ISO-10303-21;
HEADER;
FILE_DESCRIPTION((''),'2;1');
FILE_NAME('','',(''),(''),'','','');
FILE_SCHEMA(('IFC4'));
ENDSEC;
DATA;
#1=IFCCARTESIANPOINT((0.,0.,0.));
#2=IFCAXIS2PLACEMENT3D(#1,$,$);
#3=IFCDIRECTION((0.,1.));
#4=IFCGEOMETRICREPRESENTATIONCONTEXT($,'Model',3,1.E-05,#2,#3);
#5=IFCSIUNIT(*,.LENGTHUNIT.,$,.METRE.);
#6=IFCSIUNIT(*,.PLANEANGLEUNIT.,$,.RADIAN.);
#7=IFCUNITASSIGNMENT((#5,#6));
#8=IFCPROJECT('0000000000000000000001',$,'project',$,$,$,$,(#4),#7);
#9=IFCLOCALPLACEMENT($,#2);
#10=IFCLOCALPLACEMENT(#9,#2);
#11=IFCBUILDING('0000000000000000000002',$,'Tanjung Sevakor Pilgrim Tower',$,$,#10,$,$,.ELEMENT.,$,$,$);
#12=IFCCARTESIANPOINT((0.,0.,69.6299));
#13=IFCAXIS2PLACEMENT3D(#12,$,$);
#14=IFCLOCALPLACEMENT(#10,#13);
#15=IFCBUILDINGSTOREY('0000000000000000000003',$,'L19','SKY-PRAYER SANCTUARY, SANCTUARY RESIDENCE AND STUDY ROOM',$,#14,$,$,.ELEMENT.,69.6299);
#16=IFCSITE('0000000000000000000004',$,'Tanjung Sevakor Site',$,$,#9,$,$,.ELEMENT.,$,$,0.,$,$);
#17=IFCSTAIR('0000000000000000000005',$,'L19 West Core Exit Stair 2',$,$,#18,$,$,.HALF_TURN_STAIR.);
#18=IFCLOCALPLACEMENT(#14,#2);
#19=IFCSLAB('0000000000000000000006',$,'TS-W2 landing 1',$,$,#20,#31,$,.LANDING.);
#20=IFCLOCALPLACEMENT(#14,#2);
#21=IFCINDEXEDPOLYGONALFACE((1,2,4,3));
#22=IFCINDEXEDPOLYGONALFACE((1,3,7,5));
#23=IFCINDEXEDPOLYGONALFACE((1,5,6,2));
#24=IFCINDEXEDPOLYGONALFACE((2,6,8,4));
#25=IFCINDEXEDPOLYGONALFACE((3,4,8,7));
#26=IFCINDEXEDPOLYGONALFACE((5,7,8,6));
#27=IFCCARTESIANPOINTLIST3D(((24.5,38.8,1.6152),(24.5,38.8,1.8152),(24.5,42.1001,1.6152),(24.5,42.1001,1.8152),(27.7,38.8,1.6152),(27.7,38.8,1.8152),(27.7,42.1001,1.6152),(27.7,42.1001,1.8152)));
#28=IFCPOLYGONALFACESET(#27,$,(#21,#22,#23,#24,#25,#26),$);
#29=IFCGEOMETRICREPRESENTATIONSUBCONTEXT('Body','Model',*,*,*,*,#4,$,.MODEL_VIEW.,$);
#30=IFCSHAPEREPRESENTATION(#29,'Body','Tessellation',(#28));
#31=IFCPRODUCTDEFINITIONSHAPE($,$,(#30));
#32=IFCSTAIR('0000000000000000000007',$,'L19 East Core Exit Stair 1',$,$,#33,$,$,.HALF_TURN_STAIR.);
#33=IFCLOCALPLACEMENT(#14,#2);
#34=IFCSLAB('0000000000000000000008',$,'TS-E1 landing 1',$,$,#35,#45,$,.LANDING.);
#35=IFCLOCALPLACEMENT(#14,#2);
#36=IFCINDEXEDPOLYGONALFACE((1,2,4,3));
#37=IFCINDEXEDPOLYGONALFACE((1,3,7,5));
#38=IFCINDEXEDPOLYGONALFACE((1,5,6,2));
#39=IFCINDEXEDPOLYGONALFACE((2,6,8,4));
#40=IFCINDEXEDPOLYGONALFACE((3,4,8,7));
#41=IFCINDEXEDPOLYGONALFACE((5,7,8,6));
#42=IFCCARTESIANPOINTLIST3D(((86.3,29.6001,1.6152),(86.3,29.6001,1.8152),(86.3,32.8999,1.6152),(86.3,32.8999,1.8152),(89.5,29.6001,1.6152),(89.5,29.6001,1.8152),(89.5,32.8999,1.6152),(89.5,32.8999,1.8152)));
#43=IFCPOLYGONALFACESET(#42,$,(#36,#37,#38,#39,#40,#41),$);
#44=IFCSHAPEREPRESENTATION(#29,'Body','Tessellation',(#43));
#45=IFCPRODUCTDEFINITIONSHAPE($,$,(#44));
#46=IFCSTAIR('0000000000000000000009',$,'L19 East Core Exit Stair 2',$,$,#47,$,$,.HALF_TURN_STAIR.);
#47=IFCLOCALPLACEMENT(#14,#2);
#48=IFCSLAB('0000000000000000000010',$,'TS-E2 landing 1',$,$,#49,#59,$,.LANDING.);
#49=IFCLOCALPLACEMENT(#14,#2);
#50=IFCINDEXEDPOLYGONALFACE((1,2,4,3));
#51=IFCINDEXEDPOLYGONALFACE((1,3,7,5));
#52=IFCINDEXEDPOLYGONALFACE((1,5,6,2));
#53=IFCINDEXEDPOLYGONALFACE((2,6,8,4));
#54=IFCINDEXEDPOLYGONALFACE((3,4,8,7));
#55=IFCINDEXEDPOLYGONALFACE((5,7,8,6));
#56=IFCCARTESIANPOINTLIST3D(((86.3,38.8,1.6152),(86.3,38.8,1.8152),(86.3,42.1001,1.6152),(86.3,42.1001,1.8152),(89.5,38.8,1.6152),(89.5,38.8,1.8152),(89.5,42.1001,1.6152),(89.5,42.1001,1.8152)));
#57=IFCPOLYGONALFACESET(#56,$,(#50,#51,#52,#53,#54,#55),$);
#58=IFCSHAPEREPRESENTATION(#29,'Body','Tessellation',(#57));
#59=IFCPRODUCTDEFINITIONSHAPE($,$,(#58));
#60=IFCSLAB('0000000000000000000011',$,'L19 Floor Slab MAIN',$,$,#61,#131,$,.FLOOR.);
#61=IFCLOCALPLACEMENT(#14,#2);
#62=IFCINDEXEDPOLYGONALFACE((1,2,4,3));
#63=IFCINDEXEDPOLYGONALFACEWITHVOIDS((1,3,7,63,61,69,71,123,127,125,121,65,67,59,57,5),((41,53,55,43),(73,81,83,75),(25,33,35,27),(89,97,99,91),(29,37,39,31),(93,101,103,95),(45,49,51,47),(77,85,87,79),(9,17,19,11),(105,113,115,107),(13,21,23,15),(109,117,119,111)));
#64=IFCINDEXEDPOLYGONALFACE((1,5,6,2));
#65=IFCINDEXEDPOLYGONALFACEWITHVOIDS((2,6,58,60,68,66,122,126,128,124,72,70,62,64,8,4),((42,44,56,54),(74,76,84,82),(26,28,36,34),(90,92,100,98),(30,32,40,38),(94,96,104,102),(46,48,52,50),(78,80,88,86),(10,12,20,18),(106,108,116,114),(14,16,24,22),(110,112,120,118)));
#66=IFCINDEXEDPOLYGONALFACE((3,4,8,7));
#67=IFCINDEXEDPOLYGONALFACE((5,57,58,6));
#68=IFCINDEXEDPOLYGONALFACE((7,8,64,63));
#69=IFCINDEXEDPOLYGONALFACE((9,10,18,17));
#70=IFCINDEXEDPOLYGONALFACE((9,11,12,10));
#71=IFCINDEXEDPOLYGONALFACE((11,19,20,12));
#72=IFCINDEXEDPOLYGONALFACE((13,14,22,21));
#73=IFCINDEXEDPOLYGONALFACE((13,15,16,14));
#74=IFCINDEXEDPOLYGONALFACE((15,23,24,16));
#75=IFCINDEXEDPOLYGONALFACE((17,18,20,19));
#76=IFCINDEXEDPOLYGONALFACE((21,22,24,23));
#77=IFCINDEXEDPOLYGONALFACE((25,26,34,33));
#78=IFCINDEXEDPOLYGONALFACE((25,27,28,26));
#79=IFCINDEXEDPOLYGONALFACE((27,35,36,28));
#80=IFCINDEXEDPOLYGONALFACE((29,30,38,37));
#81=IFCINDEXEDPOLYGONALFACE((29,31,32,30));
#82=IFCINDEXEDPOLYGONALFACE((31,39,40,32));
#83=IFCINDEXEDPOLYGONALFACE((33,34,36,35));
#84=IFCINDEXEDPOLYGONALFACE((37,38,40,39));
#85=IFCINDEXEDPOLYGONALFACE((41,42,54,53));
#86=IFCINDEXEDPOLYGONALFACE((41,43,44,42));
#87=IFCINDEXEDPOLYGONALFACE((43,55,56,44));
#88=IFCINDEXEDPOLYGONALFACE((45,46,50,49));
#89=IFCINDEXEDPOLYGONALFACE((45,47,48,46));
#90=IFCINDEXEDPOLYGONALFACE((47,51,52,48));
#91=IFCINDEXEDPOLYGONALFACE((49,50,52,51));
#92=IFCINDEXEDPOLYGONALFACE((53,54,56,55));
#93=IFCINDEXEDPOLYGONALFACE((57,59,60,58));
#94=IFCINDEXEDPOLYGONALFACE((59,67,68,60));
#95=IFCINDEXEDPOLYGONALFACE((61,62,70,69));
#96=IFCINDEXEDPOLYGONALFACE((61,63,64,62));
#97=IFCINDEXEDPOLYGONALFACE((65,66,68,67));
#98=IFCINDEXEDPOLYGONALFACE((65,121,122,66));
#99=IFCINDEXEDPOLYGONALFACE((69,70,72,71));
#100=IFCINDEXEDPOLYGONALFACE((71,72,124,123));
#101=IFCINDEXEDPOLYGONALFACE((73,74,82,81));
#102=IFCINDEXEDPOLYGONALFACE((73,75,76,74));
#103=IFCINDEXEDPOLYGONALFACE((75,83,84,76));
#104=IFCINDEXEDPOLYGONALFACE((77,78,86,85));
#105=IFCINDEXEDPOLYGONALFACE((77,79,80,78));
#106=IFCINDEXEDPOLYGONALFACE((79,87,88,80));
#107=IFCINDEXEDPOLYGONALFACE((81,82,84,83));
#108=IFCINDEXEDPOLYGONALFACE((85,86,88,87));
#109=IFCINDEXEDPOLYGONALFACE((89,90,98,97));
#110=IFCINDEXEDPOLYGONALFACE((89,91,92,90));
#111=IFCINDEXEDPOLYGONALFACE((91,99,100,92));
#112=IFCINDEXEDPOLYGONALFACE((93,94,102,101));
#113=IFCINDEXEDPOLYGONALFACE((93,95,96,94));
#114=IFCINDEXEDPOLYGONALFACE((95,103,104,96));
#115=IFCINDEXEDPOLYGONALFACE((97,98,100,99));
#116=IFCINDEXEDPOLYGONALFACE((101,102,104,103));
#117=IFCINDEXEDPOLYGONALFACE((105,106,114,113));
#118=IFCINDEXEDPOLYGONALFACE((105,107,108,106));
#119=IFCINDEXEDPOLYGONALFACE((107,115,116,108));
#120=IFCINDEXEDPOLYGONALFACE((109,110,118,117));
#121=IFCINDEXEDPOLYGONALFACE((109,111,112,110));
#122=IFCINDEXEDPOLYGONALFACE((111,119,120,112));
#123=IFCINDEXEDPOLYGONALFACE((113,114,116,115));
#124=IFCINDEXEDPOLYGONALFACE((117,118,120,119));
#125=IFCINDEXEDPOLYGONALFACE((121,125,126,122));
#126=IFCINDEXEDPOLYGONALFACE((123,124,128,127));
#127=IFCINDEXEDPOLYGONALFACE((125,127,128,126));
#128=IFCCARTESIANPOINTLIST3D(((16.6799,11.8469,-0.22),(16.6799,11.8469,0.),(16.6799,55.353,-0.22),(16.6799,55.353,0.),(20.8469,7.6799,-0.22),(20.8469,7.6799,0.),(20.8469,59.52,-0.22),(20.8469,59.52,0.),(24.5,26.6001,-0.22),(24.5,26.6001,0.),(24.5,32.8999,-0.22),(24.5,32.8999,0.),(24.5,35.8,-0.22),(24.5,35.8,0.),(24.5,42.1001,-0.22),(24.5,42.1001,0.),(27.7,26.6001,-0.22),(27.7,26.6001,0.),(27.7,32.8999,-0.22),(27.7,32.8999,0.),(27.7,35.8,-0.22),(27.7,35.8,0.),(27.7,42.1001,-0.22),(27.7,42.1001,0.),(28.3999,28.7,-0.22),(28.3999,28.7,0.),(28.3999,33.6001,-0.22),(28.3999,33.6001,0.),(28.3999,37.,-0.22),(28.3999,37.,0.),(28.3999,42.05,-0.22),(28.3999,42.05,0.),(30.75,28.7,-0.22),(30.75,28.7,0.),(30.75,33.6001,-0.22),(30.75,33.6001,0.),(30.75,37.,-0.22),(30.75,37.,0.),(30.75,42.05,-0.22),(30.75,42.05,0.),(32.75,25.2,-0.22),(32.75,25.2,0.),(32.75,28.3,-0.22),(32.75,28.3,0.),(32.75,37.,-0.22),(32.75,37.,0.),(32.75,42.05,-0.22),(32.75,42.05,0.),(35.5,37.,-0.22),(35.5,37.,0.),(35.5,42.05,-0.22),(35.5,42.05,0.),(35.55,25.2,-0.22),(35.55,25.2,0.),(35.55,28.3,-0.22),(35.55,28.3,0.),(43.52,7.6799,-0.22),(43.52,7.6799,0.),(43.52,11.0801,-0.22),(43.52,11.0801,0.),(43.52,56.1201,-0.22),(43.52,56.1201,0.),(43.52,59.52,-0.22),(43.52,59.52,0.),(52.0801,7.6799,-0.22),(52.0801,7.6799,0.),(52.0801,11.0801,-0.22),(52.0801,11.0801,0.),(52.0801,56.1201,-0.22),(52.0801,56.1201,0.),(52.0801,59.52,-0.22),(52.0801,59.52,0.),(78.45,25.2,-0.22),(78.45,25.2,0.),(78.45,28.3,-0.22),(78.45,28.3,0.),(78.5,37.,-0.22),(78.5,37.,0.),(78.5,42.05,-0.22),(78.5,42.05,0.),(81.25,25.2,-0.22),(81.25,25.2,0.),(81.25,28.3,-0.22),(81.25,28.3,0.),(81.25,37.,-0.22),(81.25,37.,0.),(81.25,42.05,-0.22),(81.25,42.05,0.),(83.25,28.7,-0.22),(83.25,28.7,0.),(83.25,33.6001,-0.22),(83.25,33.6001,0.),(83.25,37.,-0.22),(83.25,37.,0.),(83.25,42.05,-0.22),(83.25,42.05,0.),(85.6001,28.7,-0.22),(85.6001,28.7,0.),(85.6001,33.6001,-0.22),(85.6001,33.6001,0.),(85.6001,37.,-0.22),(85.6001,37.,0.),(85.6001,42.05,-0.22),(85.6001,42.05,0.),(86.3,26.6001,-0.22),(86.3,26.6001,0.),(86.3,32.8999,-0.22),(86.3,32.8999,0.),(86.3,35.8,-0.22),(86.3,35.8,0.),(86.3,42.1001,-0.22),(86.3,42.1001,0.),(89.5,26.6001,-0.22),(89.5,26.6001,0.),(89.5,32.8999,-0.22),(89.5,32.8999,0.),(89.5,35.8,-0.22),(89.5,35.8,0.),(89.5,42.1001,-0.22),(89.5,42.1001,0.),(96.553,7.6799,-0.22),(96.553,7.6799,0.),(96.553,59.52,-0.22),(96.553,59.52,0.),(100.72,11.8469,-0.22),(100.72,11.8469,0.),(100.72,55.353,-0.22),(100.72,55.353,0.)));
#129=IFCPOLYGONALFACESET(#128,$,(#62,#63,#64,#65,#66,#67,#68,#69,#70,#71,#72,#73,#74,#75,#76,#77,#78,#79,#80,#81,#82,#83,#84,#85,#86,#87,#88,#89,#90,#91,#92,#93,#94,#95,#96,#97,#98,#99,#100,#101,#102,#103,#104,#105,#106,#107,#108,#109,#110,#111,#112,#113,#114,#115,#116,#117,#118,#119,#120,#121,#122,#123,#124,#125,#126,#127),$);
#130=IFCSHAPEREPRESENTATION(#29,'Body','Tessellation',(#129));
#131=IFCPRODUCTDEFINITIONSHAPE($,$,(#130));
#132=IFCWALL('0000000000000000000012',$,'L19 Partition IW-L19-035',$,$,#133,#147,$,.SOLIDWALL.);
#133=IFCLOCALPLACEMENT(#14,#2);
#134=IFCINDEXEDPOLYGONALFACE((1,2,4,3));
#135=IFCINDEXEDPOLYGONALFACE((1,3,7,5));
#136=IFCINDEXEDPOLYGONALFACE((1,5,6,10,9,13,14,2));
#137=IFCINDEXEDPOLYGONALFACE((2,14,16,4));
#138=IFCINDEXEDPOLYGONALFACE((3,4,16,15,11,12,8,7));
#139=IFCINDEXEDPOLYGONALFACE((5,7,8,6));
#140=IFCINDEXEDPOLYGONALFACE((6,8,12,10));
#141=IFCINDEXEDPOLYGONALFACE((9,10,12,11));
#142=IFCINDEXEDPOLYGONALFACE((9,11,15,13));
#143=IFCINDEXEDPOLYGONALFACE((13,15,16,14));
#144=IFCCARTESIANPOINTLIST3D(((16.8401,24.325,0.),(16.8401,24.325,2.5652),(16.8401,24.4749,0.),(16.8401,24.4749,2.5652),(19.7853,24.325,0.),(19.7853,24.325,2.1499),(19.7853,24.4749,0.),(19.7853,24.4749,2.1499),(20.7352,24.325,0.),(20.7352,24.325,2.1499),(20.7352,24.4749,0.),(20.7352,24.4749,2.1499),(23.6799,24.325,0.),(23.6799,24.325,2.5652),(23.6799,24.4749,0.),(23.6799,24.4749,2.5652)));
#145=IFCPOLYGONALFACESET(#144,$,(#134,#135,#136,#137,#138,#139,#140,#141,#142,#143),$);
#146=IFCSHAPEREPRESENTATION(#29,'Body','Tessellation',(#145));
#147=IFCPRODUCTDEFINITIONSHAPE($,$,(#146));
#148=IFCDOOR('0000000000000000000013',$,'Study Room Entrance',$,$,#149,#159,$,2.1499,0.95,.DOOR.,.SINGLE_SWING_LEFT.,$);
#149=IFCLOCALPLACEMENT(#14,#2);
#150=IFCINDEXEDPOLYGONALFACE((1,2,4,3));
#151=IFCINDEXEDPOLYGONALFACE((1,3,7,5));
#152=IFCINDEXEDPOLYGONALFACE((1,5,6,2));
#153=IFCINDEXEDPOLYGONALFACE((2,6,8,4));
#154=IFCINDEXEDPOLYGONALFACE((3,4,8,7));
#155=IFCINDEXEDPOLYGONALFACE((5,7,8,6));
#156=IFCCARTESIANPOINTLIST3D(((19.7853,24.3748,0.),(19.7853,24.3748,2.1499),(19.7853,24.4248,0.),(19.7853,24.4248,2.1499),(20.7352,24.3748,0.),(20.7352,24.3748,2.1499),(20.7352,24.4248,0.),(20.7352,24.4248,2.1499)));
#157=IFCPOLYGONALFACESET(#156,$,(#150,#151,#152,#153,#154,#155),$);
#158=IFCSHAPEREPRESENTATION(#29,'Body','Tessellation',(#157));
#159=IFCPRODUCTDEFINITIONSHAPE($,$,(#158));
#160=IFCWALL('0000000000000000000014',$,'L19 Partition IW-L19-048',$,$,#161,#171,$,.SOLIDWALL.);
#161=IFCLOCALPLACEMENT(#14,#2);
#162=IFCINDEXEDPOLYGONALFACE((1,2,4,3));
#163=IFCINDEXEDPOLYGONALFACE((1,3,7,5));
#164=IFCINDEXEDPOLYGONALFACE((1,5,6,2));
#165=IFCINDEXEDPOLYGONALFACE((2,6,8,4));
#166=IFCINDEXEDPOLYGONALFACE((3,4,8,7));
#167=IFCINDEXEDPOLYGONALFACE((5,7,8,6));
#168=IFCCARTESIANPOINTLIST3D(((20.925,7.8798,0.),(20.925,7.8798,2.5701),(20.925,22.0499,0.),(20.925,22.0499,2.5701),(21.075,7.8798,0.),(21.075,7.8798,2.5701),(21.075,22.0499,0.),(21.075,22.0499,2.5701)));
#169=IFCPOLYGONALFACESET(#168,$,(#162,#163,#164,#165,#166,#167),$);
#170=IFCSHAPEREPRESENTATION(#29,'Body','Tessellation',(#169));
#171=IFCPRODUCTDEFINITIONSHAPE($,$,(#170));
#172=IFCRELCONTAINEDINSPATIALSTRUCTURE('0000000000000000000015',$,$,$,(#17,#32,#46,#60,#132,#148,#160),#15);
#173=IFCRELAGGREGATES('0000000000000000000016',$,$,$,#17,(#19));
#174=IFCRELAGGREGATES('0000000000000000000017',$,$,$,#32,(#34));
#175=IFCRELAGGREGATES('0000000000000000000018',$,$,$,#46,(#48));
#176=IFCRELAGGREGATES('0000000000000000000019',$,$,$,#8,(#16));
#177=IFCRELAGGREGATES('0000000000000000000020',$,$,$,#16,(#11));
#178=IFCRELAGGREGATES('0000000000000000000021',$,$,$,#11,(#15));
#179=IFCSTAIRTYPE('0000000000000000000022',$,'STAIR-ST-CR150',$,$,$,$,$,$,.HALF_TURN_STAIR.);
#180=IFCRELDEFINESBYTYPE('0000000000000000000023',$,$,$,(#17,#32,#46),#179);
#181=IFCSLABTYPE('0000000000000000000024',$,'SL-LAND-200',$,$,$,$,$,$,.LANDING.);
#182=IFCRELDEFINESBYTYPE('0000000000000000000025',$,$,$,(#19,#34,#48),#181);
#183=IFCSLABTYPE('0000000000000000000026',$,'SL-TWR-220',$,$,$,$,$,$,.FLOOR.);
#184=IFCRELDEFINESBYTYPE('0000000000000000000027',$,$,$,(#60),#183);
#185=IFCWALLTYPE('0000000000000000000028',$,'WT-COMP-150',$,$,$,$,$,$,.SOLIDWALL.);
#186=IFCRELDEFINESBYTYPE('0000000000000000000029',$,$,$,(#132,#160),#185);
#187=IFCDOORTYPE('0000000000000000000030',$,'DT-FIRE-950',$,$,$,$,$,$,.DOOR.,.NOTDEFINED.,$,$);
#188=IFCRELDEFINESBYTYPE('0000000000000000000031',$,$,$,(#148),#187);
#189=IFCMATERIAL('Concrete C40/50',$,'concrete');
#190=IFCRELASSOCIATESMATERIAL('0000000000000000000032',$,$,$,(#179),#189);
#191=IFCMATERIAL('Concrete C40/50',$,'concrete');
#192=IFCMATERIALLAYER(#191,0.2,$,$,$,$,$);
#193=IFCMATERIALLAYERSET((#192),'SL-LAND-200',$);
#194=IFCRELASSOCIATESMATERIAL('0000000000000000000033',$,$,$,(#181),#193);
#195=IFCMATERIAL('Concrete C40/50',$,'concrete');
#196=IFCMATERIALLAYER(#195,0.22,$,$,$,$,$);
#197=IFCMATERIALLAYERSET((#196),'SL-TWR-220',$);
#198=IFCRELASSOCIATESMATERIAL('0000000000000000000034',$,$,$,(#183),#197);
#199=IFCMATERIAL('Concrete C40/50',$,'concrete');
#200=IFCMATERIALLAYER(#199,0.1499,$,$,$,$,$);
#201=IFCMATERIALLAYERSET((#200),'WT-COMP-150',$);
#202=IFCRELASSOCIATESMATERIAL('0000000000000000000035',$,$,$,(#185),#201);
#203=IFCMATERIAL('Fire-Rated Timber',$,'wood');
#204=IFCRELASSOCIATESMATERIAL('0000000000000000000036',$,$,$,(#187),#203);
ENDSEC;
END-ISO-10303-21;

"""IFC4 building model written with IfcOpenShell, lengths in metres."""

from ifc_helpers import new_model, si_unit, direction, frame, frame_2d, origin, place, context, subcontext, project, spatial, polyline, rectangle, outline, extrude, material, layer, layer_set, type_object, element, fill, aggregate, save


model = new_model("IFC4")

# Units and contexts
model_context = context("Model", 3, precision=1e-05, world=origin(), true_north=direction((0.0, 1.0)))
body_context = subcontext(model_context, "Body", "Model", "MODEL_VIEW")
ifc_project = project(units=[si_unit("LENGTHUNIT", "METRE"), si_unit("PLANEANGLEUNIT", "RADIAN")], contexts=[model_context])

# Site, building, storey
site_placement = place(None, origin())
site = spatial("IfcSite", under=ifc_project, at=site_placement, Name="Tanjung Sevakor Site", CompositionType="ELEMENT", RefElevation=0.0)
building_placement = place(site_placement, origin())
building = spatial("IfcBuilding", under=site, at=building_placement, Name="Tanjung Sevakor Pilgrim Tower", CompositionType="ELEMENT")
storey_placement = place(building_placement, frame((0.0, 0.0, 69.6299)))
storey = spatial("IfcBuildingStorey", under=building, at=storey_placement, Name="L19", Description="SKY-PRAYER SANCTUARY, SANCTUARY RESIDENCE AND STUDY ROOM", CompositionType="ELEMENT", Elevation=69.6299)

# Stairs, slabs
ifc_material_1 = material(Name="Concrete C40/50", Category="concrete")
stair_type = type_object("IfcStairType", Name="STAIR-ST-CR150", PredefinedType="HALF_TURN_STAIR", material=ifc_material_1)
ifc_material_2 = material(Name="Concrete C40/50", Category="concrete")
ifc_layer_1 = layer(ifc_material_2, 0.2)
ifc_layer_set_1 = layer_set([ifc_layer_1], Name="SL-LAND-200")
slab_type_1 = type_object("IfcSlabType", Name="SL-LAND-200", PredefinedType="LANDING", material=ifc_layer_set_1)
stair_1_placement = place(storey_placement, origin())
stair_1 = element("IfcStair", 1, at=stair_1_placement, inside=storey, type_object=stair_type, Name="L19 West Core Exit Stair 2", PredefinedType="HALF_TURN_STAIR")
slab_1_placement = place(storey_placement, frame((0.0, 0.0, 1.6152)))
slab_1 = element("IfcSlab", 2, at=slab_1_placement, type_object=slab_type_1, Name="TS-W2 landing 1", PredefinedType="LANDING", context=body_context, shape_type="SweptSolid", body=[
    extrude(outline(polyline([(27.7, 38.8), (27.7, 42.1001), (24.5, 42.1001), (24.5, 38.8), (27.7, 38.8)])), origin(), (0.0, 0.0, 1.0), 0.2),
])
aggregate(stair_1, [slab_1])
stair_2_placement = place(storey_placement, origin())
stair_2 = element("IfcStair", 3, at=stair_2_placement, inside=storey, type_object=stair_type, Name="L19 East Core Exit Stair 1", PredefinedType="HALF_TURN_STAIR")
slab_2_placement = place(storey_placement, frame((0.0, 0.0, 1.6152)))
slab_2 = element("IfcSlab", 4, at=slab_2_placement, type_object=slab_type_1, Name="TS-E1 landing 1", PredefinedType="LANDING", context=body_context, shape_type="SweptSolid", body=[
    extrude(outline(polyline([(89.5, 29.6001), (89.5, 32.8999), (86.3, 32.8999), (86.3, 29.6001), (89.5, 29.6001)])), origin(), (0.0, 0.0, 1.0), 0.2),
])
aggregate(stair_2, [slab_2])
stair_3_placement = place(storey_placement, origin())
stair_3 = element("IfcStair", 5, at=stair_3_placement, inside=storey, type_object=stair_type, Name="L19 East Core Exit Stair 2", PredefinedType="HALF_TURN_STAIR")
slab_3_placement = place(storey_placement, frame((0.0, 0.0, 1.6152)))
slab_3 = element("IfcSlab", 6, at=slab_3_placement, type_object=slab_type_1, Name="TS-E2 landing 1", PredefinedType="LANDING", context=body_context, shape_type="SweptSolid", body=[
    extrude(outline(polyline([(89.5, 38.8), (89.5, 42.1001), (86.3, 42.1001), (86.3, 38.8), (89.5, 38.8)])), origin(), (0.0, 0.0, 1.0), 0.2),
])
aggregate(stair_3, [slab_3])

# Slab
ifc_material_3 = material(Name="Concrete C40/50", Category="concrete")
ifc_layer_2 = layer(ifc_material_3, 0.22)
ifc_layer_set_2 = layer_set([ifc_layer_2], Name="SL-TWR-220")
slab_type_2 = type_object("IfcSlabType", Name="SL-TWR-220", PredefinedType="FLOOR", material=ifc_layer_set_2)
slab_4_placement = place(storey_placement, frame((0.0, 0.0, -0.22)))
element("IfcSlab", 7, at=slab_4_placement, inside=storey, type_object=slab_type_2, Name="L19 Floor Slab MAIN", PredefinedType="FLOOR", context=body_context, shape_type="SweptSolid", body=[
    extrude(outline(polyline([(20.8469, 7.6799), (43.52, 7.6799), (43.52, 11.0801), (52.0801, 11.0801), (52.0801, 7.6799), (96.553, 7.6799), (100.72, 11.8469), (100.72, 55.353), (96.553, 59.52), (52.0801, 59.52), (52.0801, 56.1201), (43.52, 56.1201), (43.52, 59.52), (20.8469, 59.52), (16.6799, 55.353), (16.6799, 11.8469), (20.8469, 7.6799)]), holes=[polyline([(27.7, 26.6001), (27.7, 32.8999), (24.5, 32.8999), (24.5, 26.6001), (27.7, 26.6001)]), polyline([(27.7, 35.8), (27.7, 42.1001), (24.5, 42.1001), (24.5, 35.8), (27.7, 35.8)]), polyline([(89.5, 26.6001), (89.5, 32.8999), (86.3, 32.8999), (86.3, 26.6001), (89.5, 26.6001)]), polyline([(89.5, 35.8), (89.5, 42.1001), (86.3, 42.1001), (86.3, 35.8), (89.5, 35.8)]), polyline([(32.75, 25.2), (35.55, 25.2), (35.55, 28.3), (32.75, 28.3), (32.75, 25.2)]), polyline([(28.3999, 28.7), (30.75, 28.7), (30.75, 33.6001), (28.3999, 33.6001), (28.3999, 28.7)]), polyline([(28.3999, 37.0), (30.75, 37.0), (30.75, 42.05), (28.3999, 42.05), (28.3999, 37.0)]), polyline([(32.75, 37.0), (35.5, 37.0), (35.5, 42.05), (32.75, 42.05), (32.75, 37.0)]), polyline([(78.45, 25.2), (81.25, 25.2), (81.25, 28.3), (78.45, 28.3), (78.45, 25.2)]), polyline([(83.25, 28.7), (85.6001, 28.7), (85.6001, 33.6001), (83.25, 33.6001), (83.25, 28.7)]), polyline([(83.25, 37.0), (85.6001, 37.0), (85.6001, 42.05), (83.25, 42.05), (83.25, 37.0)]), polyline([(78.5, 37.0), (81.25, 37.0), (81.25, 42.05), (78.5, 42.05), (78.5, 37.0)])]), origin(), (0.0, 0.0, 1.0), 0.22),
])

# Wall, opening, door
ifc_material_4 = material(Name="Concrete C40/50", Category="concrete")
ifc_layer_3 = layer(ifc_material_4, 0.1499)
ifc_layer_set_3 = layer_set([ifc_layer_3], Name="WT-COMP-150")
wall_type_1 = type_object("IfcWallType", Name="WT-COMP-150", PredefinedType="SOLIDWALL", material=ifc_layer_set_3)
wall_1_placement = place(storey_placement, frame((16.8401, 24.3999, 0.0), z_axis=(0.0, 0.0, 1.0), x_axis=(1.0, 0.0, 0.0)))
wall_1 = element("IfcWall", 8, at=wall_1_placement, inside=storey, type_object=wall_type_1, Name="L19 Partition IW-L19-035", PredefinedType="SOLIDWALL", context=body_context, shape_type="SweptSolid", body=[
    extrude(rectangle(XDim=6.8398, YDim=0.1499, at=frame_2d((3.4199, 0.0))), origin(), (0.0, 0.0, 1.0), 2.5652),
])
opening_1_placement = place(wall_1_placement, frame((2.9451, 0.0, 0.0)))
opening_1 = element("IfcOpeningElement", 9, at=opening_1_placement, cuts=wall_1, PredefinedType="OPENING", context=body_context, shape_type="SweptSolid", body=[
    extrude(rectangle(XDim=0.95, YDim=2.1499, at=frame_2d((0.4751, 1.075))), frame((0.0, 0.085, 0.0), z_axis=(0.0, -1.0, 0.0), x_axis=(1.0, 0.0, 0.0)), (0.0, 0.0, 1.0), 0.1699),
])
ifc_material_5 = material(Name="Fire-Rated Timber", Category="wood")
door_type_1 = type_object("IfcDoorType", Name="DT-FIRE-950", OperationType="NOTDEFINED", PredefinedType="DOOR", material=ifc_material_5)
door_1_placement = place(opening_1_placement, origin())
door_1 = element("IfcDoor", 10, at=door_1_placement, inside=storey, type_object=door_type_1, Name="Study Room Entrance", OperationType="SINGLE_SWING_LEFT", OverallHeight=2.1499, OverallWidth=0.95, PredefinedType="DOOR", context=body_context, shape_type="SweptSolid", body=[
    extrude(rectangle(XDim=0.95, YDim=2.1499, at=frame_2d((0.4751, 1.075))), frame((0.0, 0.0249, 0.0), z_axis=(0.0, -1.0, 0.0), x_axis=(1.0, 0.0, 0.0)), (0.0, 0.0, 1.0), 0.05),
])
fill(opening_1, door_1)

# Wall
wall_2_placement = place(storey_placement, frame((21.0, 7.8799, 0.0), z_axis=(0.0, 0.0, 1.0), x_axis=(0.0, 1.0, 0.0)))
element("IfcWall", 11, at=wall_2_placement, inside=storey, type_object=wall_type_1, Name="L19 Partition IW-L19-048", PredefinedType="SOLIDWALL", context=body_context, shape_type="SweptSolid", body=[
    extrude(rectangle(XDim=14.1702, YDim=0.1499, at=frame_2d((7.085, 0.0))), origin(), (0.0, 0.0, 1.0), 2.5701),
])

save(model, "model.ifc")
